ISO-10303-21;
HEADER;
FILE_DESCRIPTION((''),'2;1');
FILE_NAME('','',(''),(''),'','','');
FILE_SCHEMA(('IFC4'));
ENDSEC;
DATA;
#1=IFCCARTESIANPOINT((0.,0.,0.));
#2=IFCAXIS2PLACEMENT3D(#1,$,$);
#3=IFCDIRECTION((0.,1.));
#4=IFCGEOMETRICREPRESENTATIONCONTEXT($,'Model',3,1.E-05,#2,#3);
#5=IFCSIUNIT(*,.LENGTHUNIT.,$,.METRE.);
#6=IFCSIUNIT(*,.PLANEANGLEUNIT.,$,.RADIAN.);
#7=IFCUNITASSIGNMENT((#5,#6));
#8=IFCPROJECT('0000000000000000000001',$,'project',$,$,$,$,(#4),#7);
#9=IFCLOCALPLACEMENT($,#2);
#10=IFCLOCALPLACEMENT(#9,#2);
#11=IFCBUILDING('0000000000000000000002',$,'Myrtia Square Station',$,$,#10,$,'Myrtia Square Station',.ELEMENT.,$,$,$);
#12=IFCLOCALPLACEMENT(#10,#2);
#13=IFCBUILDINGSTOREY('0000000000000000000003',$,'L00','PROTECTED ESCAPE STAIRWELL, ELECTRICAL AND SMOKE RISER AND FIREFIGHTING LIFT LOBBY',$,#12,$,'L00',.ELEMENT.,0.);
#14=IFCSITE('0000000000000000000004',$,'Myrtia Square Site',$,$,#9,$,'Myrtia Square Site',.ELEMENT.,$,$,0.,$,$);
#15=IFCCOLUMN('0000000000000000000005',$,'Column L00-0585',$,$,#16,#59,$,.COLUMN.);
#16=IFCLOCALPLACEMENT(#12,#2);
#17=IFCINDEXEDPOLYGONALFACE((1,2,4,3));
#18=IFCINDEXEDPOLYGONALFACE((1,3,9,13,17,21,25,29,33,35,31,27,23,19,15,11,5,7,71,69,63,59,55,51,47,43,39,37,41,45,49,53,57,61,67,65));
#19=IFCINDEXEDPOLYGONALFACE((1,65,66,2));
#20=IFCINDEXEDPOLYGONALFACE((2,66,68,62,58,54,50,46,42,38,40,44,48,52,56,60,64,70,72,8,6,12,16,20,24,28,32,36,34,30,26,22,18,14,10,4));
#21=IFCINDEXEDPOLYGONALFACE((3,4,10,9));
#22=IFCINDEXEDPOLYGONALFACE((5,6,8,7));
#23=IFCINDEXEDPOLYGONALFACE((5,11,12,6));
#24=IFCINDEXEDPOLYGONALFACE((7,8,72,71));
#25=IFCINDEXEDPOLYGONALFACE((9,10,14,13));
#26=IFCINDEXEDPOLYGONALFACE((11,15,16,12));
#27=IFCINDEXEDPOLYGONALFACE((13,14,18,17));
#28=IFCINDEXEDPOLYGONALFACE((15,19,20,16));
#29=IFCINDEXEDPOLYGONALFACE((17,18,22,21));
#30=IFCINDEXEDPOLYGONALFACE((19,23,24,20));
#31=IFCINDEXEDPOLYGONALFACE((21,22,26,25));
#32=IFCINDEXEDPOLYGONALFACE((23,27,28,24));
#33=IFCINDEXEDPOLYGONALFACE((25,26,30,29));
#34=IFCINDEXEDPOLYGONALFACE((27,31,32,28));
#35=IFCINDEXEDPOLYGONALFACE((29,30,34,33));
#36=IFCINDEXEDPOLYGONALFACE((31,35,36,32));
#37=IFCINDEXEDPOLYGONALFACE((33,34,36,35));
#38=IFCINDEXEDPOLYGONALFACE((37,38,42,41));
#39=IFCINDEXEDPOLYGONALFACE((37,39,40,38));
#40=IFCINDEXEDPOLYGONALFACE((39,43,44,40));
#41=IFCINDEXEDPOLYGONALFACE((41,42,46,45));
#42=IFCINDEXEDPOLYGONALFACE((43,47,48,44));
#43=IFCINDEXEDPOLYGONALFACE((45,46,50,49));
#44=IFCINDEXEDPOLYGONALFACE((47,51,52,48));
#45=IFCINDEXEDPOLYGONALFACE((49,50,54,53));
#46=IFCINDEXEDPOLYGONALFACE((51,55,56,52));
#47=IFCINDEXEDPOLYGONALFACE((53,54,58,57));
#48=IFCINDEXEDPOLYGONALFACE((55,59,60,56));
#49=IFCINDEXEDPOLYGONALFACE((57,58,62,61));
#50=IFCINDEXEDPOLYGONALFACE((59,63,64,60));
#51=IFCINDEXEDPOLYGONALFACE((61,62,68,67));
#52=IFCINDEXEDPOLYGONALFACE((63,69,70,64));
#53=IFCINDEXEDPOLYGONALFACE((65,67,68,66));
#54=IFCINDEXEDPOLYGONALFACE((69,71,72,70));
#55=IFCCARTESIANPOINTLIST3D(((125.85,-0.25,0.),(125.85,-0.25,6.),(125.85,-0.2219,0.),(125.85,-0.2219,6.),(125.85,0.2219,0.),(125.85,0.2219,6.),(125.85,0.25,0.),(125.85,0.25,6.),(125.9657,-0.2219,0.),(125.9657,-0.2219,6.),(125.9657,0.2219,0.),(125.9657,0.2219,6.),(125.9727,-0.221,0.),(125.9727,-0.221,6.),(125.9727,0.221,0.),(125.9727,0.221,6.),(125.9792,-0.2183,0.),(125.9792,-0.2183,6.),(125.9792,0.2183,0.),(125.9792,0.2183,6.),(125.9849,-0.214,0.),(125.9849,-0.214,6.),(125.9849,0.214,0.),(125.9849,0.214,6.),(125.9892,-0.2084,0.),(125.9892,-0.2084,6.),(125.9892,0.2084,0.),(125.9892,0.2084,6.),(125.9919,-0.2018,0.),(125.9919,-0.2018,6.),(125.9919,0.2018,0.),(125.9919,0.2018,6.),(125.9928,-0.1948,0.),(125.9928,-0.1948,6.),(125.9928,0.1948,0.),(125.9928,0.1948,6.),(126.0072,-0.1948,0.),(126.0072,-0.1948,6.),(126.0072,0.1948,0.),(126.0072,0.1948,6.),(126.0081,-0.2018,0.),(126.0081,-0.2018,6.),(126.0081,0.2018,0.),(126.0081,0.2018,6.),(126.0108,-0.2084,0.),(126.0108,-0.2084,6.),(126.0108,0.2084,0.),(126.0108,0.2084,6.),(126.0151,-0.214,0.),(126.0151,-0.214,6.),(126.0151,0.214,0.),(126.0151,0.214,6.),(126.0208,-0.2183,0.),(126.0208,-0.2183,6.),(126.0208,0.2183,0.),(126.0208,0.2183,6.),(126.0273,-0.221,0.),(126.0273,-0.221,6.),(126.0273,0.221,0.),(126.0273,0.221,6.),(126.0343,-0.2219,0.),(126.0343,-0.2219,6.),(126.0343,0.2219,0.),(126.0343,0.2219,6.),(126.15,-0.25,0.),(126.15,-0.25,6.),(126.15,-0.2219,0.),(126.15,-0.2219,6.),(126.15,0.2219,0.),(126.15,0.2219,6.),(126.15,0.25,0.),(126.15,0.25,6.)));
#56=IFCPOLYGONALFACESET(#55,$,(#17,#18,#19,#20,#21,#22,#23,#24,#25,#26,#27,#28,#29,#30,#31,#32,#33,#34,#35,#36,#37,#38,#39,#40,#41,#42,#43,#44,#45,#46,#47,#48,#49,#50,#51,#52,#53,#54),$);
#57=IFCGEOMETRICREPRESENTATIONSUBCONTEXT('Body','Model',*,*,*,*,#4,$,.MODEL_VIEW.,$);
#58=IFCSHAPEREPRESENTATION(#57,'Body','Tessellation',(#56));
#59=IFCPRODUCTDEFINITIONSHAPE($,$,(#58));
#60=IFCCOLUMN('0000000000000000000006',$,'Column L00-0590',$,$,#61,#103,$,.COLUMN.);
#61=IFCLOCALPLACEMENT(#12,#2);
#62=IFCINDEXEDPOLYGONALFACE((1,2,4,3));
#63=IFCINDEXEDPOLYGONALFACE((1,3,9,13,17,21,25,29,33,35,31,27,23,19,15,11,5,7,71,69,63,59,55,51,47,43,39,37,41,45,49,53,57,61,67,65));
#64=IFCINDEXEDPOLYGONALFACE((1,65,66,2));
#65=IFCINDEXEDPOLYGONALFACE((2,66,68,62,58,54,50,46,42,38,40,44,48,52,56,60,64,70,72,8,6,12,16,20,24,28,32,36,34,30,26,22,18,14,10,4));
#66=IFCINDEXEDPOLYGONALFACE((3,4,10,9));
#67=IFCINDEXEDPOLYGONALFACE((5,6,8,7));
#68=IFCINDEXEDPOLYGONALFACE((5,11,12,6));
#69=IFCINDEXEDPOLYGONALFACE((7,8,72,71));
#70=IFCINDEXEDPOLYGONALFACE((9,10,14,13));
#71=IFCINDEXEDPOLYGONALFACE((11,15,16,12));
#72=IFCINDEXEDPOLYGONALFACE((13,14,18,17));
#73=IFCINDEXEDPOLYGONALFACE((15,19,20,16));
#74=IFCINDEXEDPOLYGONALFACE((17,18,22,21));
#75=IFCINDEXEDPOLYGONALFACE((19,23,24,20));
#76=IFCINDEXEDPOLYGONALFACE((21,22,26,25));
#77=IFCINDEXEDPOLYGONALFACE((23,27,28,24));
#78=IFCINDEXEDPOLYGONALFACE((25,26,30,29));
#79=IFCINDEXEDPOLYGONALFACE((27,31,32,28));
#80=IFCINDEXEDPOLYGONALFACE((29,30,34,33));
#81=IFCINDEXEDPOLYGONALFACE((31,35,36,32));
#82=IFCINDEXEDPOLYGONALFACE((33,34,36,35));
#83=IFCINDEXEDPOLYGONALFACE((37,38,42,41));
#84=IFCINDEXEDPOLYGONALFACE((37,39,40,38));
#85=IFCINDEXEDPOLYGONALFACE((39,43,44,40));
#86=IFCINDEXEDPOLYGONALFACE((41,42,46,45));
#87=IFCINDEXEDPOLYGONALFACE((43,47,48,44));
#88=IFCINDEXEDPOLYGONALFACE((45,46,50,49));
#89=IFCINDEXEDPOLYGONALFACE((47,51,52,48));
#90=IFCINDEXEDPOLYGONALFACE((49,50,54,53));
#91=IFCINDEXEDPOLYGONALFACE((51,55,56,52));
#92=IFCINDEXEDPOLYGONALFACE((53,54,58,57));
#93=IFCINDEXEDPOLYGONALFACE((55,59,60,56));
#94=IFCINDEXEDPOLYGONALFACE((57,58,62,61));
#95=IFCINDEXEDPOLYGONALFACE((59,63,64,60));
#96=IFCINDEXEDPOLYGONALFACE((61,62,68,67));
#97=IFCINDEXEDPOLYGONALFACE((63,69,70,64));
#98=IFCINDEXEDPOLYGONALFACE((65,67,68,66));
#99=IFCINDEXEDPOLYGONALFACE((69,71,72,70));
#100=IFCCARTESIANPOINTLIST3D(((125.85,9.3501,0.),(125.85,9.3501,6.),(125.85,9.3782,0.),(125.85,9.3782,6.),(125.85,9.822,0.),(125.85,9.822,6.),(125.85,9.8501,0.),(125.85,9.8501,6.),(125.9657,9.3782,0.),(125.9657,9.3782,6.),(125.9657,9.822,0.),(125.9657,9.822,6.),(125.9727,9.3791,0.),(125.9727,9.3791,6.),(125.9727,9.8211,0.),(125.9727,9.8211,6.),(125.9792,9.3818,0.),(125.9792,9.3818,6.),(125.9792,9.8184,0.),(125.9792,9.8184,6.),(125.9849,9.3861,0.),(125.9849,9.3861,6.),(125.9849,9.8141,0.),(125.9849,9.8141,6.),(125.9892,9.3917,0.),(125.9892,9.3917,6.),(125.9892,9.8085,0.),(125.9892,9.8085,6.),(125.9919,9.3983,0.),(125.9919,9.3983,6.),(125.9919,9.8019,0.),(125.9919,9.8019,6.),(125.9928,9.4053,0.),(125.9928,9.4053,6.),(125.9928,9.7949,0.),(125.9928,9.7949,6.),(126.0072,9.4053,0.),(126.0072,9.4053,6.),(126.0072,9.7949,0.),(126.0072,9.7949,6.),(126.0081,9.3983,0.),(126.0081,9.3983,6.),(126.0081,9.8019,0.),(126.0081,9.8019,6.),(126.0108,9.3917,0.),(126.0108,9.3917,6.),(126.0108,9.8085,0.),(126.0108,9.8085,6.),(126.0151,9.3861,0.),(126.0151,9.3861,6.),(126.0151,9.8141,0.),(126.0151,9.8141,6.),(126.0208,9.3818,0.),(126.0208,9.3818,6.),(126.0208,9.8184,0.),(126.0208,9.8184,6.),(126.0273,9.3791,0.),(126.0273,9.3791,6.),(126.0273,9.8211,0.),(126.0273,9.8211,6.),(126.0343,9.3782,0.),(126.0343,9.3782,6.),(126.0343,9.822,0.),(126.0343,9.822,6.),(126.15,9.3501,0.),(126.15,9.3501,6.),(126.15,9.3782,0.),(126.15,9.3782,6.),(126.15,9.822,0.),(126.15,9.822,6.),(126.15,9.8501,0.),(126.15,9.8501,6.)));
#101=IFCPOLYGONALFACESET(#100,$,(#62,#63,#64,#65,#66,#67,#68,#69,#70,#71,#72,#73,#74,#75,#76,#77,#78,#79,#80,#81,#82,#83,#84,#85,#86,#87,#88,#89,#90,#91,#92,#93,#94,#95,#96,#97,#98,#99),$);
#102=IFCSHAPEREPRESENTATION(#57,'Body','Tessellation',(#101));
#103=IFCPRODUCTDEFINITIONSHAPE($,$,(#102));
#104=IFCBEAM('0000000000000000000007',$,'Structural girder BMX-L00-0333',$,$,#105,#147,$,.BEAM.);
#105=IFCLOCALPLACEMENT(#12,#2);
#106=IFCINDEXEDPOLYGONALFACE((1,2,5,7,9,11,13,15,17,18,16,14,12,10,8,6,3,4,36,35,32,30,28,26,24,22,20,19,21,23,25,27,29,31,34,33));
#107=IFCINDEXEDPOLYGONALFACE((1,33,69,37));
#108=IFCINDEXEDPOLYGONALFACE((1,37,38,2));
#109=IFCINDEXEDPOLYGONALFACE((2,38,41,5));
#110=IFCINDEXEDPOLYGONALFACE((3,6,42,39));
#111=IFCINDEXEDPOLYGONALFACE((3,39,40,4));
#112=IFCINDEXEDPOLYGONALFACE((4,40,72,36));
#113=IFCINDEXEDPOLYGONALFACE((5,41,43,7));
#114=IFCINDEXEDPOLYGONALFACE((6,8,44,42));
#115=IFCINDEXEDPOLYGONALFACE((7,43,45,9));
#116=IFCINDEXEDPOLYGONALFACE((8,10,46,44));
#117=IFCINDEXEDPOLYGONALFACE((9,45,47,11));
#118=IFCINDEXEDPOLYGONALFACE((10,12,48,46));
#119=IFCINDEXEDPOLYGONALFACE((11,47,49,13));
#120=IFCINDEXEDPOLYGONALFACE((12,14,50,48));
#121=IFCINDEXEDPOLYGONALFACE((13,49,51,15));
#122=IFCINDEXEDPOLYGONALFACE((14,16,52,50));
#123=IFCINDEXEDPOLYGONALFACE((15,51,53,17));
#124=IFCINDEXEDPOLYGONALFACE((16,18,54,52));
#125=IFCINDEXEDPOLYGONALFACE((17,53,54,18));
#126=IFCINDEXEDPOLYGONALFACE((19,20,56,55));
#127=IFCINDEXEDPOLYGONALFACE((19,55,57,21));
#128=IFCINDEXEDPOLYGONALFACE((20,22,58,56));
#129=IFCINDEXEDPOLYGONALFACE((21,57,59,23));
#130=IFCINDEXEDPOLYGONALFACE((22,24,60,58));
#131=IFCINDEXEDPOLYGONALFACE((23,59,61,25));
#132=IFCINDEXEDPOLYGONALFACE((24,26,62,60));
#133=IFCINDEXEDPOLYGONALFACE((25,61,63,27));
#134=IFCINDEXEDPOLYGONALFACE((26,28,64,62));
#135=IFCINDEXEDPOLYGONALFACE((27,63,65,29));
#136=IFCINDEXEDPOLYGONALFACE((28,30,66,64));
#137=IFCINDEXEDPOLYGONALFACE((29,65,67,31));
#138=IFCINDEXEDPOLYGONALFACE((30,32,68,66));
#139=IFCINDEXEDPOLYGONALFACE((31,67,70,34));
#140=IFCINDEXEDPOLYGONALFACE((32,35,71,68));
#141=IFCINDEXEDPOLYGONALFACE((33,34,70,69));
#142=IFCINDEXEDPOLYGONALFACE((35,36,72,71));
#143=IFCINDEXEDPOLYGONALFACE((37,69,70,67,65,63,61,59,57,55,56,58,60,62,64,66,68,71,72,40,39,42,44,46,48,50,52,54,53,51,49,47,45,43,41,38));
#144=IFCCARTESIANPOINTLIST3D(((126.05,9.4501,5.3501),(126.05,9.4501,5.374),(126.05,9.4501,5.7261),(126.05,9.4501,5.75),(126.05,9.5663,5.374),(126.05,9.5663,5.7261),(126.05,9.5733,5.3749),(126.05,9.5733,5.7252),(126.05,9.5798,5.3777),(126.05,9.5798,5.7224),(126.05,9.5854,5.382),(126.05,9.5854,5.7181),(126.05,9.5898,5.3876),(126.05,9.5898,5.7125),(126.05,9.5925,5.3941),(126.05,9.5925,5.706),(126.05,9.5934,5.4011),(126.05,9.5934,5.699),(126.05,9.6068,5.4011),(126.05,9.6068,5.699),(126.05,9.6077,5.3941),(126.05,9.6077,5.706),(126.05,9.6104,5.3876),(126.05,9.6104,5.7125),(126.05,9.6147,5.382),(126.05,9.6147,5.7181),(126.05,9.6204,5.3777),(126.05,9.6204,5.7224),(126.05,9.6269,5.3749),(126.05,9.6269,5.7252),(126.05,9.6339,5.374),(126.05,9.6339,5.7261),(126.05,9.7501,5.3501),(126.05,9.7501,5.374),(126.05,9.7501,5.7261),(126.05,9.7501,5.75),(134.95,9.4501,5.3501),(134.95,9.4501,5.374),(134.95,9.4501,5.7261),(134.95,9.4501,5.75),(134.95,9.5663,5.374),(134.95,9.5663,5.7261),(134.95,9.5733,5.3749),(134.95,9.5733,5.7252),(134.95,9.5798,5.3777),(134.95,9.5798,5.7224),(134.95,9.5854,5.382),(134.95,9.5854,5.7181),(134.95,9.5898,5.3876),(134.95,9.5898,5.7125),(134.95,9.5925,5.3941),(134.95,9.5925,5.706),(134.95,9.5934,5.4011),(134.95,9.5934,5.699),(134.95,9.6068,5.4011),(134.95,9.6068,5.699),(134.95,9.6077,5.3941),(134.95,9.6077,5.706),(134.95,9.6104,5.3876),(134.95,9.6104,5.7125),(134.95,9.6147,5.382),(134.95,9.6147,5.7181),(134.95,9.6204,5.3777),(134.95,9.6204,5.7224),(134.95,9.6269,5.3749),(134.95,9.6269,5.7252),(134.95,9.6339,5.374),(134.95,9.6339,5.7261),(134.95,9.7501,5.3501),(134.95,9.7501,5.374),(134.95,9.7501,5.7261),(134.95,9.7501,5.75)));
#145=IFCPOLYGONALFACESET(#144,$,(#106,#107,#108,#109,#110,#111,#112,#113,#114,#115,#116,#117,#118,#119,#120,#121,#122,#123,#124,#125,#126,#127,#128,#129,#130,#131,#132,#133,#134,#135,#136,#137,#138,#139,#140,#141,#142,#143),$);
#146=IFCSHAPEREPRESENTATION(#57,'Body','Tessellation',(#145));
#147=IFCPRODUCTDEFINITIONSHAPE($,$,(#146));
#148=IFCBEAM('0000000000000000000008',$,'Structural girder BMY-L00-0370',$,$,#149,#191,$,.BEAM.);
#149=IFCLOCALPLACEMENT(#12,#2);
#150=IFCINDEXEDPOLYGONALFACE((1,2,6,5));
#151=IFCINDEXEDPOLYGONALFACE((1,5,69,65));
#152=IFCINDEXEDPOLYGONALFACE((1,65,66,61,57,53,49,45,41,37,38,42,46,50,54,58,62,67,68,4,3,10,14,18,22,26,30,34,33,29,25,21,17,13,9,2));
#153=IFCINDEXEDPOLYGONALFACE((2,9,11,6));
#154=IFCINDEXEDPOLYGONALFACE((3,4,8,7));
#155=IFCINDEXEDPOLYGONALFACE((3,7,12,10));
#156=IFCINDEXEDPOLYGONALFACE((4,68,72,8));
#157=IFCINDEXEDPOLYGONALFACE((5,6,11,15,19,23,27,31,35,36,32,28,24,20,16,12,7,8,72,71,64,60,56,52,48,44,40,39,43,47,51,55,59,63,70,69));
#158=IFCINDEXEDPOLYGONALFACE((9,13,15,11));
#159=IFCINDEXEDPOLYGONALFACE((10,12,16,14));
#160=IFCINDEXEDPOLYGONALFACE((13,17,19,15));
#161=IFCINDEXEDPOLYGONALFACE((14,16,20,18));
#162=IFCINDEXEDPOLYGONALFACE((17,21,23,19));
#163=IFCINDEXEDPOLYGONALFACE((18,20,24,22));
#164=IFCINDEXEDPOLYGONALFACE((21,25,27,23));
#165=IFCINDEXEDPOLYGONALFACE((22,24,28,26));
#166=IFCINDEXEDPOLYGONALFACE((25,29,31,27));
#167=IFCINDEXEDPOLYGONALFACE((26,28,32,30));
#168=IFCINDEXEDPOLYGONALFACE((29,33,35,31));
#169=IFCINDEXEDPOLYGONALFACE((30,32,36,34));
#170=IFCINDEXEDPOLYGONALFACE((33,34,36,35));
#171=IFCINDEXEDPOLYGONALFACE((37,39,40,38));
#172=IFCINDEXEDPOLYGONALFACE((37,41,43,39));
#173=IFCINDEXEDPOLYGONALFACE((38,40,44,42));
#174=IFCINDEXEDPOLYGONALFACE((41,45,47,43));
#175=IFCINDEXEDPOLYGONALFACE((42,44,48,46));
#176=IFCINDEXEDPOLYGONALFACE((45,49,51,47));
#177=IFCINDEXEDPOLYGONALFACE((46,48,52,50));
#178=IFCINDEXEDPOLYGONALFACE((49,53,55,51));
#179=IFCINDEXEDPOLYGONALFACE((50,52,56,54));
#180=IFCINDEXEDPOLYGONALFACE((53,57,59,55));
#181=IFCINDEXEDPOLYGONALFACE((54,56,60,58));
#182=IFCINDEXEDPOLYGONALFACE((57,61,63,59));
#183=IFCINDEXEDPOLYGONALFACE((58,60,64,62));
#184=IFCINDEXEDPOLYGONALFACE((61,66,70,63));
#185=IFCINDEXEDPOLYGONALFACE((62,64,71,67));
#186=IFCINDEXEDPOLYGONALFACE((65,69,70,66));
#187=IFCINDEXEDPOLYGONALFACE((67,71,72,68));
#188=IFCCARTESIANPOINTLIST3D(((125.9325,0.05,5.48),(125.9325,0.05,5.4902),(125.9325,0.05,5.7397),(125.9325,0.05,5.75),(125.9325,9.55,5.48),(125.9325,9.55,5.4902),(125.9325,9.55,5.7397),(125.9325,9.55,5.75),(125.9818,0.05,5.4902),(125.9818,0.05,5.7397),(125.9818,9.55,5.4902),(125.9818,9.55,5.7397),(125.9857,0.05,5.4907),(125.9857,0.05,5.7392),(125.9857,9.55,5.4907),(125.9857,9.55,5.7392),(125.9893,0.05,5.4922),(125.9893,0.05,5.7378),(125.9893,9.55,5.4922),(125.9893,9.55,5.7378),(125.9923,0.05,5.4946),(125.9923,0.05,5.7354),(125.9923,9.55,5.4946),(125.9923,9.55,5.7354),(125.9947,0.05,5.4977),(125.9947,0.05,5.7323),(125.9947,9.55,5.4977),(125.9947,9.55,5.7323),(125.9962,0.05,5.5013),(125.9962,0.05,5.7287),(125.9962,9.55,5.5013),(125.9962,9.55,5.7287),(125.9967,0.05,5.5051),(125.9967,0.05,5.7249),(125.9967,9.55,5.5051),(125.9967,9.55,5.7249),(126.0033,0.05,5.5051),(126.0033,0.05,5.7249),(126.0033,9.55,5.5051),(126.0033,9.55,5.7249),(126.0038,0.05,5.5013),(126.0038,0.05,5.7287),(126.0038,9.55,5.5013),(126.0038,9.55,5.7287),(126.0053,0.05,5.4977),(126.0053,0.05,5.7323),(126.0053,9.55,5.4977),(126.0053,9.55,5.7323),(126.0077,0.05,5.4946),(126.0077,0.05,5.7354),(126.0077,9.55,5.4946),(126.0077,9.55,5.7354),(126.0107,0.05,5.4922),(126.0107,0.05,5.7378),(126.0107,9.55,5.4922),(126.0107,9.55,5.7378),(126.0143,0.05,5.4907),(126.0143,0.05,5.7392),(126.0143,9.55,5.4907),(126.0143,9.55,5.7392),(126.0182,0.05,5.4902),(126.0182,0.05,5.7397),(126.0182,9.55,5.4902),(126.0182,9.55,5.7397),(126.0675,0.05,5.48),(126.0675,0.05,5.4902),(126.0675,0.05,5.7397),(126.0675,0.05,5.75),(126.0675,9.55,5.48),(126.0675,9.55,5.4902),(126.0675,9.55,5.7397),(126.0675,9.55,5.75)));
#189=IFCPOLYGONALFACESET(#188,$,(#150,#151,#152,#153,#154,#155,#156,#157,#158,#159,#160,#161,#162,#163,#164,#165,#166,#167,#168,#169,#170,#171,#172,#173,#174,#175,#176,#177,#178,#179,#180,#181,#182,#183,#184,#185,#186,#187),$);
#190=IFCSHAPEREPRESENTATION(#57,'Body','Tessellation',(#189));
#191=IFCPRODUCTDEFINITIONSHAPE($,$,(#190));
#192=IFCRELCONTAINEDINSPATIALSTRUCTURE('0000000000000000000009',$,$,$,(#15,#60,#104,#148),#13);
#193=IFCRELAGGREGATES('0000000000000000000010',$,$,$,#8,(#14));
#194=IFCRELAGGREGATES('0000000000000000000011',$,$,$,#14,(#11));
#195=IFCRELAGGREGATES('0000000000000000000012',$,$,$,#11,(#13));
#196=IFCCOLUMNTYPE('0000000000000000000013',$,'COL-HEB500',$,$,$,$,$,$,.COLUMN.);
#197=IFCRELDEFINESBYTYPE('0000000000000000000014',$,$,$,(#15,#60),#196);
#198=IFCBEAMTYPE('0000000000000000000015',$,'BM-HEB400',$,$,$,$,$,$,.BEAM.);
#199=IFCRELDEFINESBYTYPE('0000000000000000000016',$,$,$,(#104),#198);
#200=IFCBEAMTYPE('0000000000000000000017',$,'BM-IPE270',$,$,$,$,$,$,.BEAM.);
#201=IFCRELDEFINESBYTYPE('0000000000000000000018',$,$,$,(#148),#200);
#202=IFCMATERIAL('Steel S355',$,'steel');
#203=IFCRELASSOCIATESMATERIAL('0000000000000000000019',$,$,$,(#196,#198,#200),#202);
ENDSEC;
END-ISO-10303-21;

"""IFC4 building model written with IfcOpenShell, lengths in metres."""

from ifc_helpers import new_model, si_unit, direction, frame, origin, origin_2d, place, context, subcontext, project, spatial, i_section, extrude, material, material_profile, profile_set, type_object, element, save


model = new_model("IFC4")

# Units and contexts
model_context = context("Model", 3, precision=1e-05, world=origin(), true_north=direction((0.0, 1.0)))
body_context = subcontext(model_context, "Body", "Model", "MODEL_VIEW")
ifc_project = project(units=[si_unit("LENGTHUNIT", "METRE"), si_unit("PLANEANGLEUNIT", "RADIAN")], contexts=[model_context])

# Site, building, storey
site_placement = place(None, origin())
site = spatial("IfcSite", under=ifc_project, at=site_placement, Name="Myrtia Square Site", LongName="Myrtia Square Site", CompositionType="ELEMENT", RefElevation=0.0)
building_placement = place(site_placement, origin())
building = spatial("IfcBuilding", under=site, at=building_placement, Name="Myrtia Square Station", LongName="Myrtia Square Station", CompositionType="ELEMENT")
storey_placement = place(building_placement, origin())
storey = spatial("IfcBuildingStorey", under=building, at=storey_placement, Name="L00", Description="PROTECTED ESCAPE STAIRWELL, ELECTRICAL AND SMOKE RISER AND FIREFIGHTING LIFT LOBBY", LongName="L00", CompositionType="ELEMENT", Elevation=0.0)

# Columns
ifc_material_1 = material(Name="Steel S355", Category="steel")
ifc_material_profile_1 = material_profile(ifc_material_1, i_section(OverallWidth=0.3, OverallDepth=0.5, WebThickness=0.0144, FlangeThickness=0.0281, FilletRadius=0.0271, at=origin_2d()), Name="HEB 500")
ifc_profile_set_1 = profile_set([ifc_material_profile_1], Name="Steel S355")
column_type = type_object("IfcColumnType", Name="COL-HEB500", PredefinedType="COLUMN", material=ifc_profile_set_1)
for number, where, z_axis, x_axis, name in (
    (1, (126.0, 0.0, 0.0), (0.0, 0.0, 1.0), (1.0, 0.0, 0.0), "Column L00-0585"),
    (2, (126.0, 9.6001, 0.0), (0.0, 0.0, 1.0), (1.0, 0.0, 0.0), "Column L00-0590"),
):
    element("IfcColumn", number, at=place(storey_placement, frame(where, z_axis=z_axis, x_axis=x_axis)), inside=storey, type_object=column_type, Name=name, PredefinedType="COLUMN", context=body_context, shape_type="SweptSolid", body=[
        extrude(i_section(OverallWidth=0.3, OverallDepth=0.5, WebThickness=0.0144, FlangeThickness=0.0281, FilletRadius=0.0271, at=origin_2d()), origin(), (0.0, 0.0, 1.0), 6.0),
    ])

# Beams
ifc_material_profile_2 = material_profile(ifc_material_1, i_section(OverallWidth=0.3, OverallDepth=0.3999, WebThickness=0.0134, FlangeThickness=0.0239, FilletRadius=0.0271, at=origin_2d()), Name="HEB 400")
ifc_profile_set_2 = profile_set([ifc_material_profile_2], Name="Steel S355")
beam_type_1 = type_object("IfcBeamType", Name="BM-HEB400", PredefinedType="BEAM", material=ifc_profile_set_2)
beam_1_placement = place(storey_placement, frame((126.05, 9.6001, 5.55), z_axis=(1.0, 0.0, 0.0), x_axis=(0.0, 1.0, 0.0)))
element("IfcBeam", 3, at=beam_1_placement, inside=storey, type_object=beam_type_1, Name="Structural girder BMX-L00-0333", PredefinedType="BEAM", context=body_context, shape_type="SweptSolid", body=[
    extrude(i_section(OverallWidth=0.3, OverallDepth=0.3999, WebThickness=0.0134, FlangeThickness=0.0239, FilletRadius=0.0271, at=origin_2d()), origin(), (0.0, 0.0, 1.0), 8.8999),
])
ifc_material_profile_3 = material_profile(ifc_material_1, i_section(OverallWidth=0.135, OverallDepth=0.27, WebThickness=0.0066, FlangeThickness=0.0103, FilletRadius=0.0149, at=origin_2d()), Name="IPE 270")
ifc_profile_set_3 = profile_set([ifc_material_profile_3], Name="Steel S355")
beam_type_2 = type_object("IfcBeamType", Name="BM-IPE270", PredefinedType="BEAM", material=ifc_profile_set_3)
for number, where, z_axis, x_axis, name in (
    (4, (126.0, 0.05, 5.615), (0.0, 1.0, 0.0), (-1.0, 0.0, 0.0), "Structural girder BMY-L00-0370"),
):
    element("IfcBeam", number, at=place(storey_placement, frame(where, z_axis=z_axis, x_axis=x_axis)), inside=storey, type_object=beam_type_2, Name=name, PredefinedType="BEAM", context=body_context, shape_type="SweptSolid", body=[
        extrude(i_section(OverallWidth=0.135, OverallDepth=0.27, WebThickness=0.0066, FlangeThickness=0.0103, FilletRadius=0.0149, at=origin_2d()), origin(), (0.0, 0.0, 1.0), 9.5),
    ])

save(model, "model.ifc")
